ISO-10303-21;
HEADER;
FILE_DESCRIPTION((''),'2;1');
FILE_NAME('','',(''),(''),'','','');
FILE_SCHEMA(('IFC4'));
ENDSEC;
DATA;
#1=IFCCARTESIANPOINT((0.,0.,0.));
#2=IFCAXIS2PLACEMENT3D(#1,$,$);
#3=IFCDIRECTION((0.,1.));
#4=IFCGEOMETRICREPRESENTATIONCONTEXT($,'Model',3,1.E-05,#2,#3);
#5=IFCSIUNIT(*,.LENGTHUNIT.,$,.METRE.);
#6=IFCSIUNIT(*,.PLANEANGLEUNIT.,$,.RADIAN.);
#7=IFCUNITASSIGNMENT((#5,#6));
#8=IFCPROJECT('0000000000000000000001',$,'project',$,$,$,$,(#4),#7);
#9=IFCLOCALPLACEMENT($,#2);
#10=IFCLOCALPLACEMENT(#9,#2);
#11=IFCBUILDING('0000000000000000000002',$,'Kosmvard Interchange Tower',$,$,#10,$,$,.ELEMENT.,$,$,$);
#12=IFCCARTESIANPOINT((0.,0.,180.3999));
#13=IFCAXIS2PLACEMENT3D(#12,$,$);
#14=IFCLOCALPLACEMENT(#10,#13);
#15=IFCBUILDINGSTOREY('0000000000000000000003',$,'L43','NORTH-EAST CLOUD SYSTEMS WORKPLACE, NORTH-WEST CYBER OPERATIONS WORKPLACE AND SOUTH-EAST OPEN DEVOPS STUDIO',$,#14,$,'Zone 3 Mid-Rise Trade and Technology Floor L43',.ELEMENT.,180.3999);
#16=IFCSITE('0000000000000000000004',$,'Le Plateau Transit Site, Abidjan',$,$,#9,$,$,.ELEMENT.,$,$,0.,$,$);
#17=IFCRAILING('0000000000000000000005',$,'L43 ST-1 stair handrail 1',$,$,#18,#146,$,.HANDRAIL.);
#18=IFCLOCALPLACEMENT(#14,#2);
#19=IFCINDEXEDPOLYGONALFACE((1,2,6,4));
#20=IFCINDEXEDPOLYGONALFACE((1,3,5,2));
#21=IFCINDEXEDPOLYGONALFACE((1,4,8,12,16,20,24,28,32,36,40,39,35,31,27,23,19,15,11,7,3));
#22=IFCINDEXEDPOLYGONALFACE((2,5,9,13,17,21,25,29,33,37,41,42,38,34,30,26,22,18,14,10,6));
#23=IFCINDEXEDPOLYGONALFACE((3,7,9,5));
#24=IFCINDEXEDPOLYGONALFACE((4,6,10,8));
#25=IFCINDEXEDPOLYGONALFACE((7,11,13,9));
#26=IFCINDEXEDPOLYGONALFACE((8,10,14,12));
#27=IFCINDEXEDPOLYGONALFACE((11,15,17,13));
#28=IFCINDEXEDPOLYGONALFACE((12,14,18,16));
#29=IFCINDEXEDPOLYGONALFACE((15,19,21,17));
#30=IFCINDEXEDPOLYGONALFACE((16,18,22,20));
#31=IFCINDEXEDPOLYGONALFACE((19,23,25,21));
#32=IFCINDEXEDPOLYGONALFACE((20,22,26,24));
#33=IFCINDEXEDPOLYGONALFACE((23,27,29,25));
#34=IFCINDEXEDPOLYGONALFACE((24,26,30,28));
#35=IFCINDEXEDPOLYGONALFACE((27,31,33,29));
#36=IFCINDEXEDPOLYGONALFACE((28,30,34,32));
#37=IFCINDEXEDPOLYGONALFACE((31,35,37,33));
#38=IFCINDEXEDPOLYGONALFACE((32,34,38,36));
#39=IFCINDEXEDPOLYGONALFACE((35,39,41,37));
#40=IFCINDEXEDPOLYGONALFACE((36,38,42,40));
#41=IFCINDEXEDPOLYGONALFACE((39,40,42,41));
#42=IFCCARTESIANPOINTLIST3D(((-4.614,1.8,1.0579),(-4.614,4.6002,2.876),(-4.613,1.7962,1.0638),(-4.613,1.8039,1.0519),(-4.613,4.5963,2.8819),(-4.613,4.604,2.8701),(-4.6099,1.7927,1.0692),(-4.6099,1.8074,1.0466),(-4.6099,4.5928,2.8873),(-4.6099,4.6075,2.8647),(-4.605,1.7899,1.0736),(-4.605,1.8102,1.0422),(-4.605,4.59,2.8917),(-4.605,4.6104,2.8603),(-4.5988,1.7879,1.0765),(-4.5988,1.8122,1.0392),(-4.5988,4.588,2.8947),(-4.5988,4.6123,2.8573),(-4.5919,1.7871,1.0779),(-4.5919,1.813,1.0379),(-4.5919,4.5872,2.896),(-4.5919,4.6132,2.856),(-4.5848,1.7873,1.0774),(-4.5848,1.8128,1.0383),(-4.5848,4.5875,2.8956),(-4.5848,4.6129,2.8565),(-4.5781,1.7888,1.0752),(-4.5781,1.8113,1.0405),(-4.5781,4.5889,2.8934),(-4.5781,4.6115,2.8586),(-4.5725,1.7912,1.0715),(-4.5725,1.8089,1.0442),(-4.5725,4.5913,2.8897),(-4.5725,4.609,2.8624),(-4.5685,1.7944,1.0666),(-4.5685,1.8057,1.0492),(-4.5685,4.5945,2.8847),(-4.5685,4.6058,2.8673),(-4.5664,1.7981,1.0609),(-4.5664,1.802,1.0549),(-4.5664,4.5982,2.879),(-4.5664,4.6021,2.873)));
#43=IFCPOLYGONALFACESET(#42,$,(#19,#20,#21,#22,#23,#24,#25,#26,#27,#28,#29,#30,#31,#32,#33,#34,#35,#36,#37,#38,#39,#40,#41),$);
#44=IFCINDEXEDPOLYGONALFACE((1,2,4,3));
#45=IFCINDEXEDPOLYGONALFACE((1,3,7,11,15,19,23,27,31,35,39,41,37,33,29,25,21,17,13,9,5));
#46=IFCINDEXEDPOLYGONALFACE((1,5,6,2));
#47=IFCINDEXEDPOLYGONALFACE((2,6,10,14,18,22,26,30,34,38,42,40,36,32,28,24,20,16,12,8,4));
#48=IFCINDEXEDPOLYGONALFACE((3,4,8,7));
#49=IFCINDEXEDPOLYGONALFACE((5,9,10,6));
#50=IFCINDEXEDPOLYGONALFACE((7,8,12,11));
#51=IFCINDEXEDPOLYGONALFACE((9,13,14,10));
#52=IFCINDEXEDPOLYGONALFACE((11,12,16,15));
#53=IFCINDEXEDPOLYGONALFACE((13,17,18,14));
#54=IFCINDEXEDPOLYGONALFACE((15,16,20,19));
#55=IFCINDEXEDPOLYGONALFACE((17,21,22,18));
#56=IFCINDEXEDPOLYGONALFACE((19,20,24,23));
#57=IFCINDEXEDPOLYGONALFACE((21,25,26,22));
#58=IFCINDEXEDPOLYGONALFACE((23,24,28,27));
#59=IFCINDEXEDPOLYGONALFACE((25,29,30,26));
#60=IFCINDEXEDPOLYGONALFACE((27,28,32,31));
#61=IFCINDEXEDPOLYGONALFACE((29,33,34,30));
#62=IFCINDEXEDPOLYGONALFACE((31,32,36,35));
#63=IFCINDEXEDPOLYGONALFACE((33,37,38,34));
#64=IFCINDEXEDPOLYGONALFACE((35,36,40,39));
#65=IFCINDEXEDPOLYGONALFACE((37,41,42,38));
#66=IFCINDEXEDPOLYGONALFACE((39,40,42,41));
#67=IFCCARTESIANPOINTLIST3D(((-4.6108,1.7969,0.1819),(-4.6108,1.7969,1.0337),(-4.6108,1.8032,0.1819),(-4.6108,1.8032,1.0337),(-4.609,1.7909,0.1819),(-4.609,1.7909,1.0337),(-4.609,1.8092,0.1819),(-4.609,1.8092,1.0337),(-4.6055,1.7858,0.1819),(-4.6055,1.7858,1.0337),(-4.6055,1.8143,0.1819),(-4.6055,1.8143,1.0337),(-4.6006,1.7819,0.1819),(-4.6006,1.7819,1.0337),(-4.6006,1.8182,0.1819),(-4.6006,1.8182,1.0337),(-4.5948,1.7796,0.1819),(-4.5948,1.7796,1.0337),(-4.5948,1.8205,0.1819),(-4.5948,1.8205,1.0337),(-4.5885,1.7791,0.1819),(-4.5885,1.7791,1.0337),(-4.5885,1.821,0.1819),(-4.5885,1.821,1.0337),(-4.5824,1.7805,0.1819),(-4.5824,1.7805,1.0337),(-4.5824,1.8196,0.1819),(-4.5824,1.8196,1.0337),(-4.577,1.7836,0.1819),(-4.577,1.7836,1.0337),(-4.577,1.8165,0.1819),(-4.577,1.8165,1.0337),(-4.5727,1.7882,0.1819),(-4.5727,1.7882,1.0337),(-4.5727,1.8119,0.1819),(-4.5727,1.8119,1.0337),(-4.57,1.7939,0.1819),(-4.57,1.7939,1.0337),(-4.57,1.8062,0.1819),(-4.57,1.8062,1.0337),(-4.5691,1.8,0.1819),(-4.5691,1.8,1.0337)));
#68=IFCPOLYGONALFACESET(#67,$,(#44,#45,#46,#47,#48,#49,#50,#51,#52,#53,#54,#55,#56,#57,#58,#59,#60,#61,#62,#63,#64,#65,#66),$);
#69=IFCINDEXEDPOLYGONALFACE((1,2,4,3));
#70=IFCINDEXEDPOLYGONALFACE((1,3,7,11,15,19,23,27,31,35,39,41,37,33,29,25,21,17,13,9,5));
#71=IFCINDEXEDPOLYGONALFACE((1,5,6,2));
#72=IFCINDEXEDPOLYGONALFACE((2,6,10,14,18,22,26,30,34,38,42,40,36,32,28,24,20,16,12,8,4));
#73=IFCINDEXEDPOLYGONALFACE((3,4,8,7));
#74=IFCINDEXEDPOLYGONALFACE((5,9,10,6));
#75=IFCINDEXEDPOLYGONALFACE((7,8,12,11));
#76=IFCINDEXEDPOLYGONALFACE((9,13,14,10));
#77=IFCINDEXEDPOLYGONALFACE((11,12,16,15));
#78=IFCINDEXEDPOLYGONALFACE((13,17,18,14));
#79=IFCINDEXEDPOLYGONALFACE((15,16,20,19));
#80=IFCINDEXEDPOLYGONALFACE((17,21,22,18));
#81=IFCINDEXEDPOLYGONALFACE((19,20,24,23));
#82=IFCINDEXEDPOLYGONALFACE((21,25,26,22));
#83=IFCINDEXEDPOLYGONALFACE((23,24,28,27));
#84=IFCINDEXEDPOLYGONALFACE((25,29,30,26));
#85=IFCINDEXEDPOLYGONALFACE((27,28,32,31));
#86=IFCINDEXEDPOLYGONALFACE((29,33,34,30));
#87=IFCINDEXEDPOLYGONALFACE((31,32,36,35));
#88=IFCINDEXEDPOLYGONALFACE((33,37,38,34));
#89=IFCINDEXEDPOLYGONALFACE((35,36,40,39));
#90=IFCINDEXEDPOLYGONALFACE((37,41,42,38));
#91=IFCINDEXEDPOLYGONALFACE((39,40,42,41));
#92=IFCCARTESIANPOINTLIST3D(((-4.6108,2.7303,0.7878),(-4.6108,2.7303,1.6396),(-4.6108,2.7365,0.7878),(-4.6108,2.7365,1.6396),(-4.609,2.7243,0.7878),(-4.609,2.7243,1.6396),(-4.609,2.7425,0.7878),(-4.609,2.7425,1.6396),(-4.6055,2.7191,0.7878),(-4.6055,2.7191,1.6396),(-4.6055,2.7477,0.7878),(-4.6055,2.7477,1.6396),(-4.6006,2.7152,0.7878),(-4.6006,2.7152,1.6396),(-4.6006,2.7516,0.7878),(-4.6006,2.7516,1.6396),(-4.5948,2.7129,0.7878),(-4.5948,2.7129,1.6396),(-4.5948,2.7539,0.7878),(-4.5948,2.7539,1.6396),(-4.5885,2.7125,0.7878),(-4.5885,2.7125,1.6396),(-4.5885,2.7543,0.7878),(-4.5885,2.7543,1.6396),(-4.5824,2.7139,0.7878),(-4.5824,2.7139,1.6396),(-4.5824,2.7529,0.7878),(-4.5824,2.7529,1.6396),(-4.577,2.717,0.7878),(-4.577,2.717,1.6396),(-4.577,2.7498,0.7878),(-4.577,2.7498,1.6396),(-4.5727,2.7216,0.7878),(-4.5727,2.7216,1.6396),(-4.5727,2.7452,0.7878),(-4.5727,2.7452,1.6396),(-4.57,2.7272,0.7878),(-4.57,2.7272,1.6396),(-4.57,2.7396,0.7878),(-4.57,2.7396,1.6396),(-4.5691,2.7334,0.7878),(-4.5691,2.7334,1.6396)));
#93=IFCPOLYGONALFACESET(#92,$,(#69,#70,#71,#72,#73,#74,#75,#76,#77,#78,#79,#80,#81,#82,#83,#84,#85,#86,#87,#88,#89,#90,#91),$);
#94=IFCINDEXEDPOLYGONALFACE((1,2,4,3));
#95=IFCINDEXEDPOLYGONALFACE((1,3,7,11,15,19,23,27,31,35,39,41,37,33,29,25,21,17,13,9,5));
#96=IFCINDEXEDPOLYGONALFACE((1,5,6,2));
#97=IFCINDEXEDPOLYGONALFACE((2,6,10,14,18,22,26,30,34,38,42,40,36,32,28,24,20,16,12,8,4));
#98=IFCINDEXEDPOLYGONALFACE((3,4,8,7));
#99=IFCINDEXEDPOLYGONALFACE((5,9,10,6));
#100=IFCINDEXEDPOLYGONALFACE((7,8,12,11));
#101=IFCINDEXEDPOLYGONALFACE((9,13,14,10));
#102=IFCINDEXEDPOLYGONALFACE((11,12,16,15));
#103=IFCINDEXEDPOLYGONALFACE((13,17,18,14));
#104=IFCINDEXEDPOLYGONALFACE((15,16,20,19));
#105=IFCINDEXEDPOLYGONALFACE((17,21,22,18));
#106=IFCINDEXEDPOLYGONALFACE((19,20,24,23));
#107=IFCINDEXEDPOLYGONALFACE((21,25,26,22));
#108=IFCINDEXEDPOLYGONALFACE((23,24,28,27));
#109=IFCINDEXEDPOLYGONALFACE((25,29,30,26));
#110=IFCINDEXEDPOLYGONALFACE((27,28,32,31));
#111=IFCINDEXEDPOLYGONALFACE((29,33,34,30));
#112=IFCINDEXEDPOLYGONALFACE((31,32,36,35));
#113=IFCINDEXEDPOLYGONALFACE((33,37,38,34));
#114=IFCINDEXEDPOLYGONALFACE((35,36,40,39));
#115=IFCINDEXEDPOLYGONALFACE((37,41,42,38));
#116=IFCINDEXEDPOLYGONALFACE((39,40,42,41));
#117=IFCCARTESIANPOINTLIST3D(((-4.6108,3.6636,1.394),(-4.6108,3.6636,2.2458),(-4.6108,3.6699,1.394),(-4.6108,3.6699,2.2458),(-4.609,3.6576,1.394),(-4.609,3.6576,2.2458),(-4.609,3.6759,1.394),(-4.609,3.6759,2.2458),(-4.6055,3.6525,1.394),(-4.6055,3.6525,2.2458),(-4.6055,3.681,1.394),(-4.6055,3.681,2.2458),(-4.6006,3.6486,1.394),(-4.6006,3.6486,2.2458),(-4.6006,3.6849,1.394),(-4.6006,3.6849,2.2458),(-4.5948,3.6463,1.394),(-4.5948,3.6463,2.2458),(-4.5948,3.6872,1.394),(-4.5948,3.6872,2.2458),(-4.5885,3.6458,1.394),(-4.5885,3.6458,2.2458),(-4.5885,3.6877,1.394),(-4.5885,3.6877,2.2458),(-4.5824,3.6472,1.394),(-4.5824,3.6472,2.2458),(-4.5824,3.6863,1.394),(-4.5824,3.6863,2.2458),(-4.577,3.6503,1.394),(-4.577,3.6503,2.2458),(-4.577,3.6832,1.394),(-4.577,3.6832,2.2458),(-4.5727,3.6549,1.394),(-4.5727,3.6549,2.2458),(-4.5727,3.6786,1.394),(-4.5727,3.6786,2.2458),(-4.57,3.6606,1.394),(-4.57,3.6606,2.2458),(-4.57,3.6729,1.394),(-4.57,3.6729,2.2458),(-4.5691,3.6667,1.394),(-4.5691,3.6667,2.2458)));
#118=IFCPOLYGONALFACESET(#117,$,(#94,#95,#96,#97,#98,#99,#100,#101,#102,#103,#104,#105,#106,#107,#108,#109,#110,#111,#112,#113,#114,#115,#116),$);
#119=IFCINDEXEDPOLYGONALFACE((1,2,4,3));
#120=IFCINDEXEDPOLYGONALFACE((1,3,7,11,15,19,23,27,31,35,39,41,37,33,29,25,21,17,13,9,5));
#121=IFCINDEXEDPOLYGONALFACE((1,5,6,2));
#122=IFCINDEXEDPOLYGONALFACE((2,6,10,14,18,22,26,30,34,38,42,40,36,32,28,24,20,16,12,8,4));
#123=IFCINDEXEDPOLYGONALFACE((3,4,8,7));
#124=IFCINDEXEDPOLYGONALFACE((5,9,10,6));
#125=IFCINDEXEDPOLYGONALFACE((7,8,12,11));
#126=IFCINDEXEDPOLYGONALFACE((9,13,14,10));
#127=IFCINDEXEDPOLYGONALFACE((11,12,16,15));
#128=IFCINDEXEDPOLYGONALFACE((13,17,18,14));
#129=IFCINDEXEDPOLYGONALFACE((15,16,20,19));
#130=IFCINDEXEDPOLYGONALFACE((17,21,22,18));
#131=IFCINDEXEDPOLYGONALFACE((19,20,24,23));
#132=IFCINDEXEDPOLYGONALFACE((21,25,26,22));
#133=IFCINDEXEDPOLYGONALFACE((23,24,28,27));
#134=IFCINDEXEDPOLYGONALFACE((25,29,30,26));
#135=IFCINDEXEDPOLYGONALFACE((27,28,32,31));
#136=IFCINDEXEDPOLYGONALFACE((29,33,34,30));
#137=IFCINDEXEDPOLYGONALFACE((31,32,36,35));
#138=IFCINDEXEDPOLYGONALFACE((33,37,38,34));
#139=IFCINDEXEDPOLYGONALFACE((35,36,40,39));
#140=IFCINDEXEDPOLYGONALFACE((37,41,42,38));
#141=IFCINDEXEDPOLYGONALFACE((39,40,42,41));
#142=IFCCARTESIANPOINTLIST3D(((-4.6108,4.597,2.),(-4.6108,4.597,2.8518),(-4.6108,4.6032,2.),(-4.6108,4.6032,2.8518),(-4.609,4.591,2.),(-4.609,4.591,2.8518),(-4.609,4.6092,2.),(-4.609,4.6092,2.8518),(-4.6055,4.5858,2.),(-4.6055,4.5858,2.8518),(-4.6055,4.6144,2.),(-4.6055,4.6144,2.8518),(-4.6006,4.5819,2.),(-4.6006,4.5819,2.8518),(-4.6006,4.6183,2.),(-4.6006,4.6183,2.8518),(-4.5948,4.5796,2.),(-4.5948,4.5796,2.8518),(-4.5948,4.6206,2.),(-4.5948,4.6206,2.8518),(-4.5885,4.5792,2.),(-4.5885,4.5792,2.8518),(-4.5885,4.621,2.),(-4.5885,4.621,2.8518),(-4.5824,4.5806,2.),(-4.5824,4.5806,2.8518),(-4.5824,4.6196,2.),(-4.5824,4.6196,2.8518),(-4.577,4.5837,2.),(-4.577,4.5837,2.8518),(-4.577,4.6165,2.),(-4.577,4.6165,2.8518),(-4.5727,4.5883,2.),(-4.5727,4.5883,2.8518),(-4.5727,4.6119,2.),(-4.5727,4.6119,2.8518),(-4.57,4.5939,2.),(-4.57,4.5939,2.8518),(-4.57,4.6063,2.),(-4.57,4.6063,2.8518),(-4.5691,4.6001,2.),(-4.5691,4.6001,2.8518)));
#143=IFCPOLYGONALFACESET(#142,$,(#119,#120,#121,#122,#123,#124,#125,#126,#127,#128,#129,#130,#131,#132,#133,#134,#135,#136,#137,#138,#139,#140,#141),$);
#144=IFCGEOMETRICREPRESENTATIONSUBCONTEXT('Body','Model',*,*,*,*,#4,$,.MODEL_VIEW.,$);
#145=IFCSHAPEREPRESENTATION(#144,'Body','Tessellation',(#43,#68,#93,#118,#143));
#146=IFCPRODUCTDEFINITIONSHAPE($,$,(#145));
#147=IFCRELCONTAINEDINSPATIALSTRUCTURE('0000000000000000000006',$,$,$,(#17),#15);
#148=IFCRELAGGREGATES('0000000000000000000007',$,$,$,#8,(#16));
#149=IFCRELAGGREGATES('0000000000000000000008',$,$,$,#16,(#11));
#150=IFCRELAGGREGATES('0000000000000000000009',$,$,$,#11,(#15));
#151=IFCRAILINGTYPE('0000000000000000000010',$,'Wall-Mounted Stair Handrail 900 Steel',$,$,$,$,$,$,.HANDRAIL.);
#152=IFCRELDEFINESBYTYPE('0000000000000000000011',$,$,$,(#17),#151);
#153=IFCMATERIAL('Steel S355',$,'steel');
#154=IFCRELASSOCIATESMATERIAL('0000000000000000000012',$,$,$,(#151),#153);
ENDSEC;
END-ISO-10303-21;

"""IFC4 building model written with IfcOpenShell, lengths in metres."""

from ifc_helpers import new_model, si_unit, direction, frame, origin, origin_2d, place, context, subcontext, project, spatial, circle, extrude, source, transform, mapped, material, type_object, element, save


model = new_model("IFC4")

# Units and contexts
model_context = context("Model", 3, precision=1e-05, world=origin(), true_north=direction((0.0, 1.0)))
body_context = subcontext(model_context, "Body", "Model", "MODEL_VIEW")
ifc_project = project(units=[si_unit("LENGTHUNIT", "METRE"), si_unit("PLANEANGLEUNIT", "RADIAN")], contexts=[model_context])

# Site, building, storey
site_placement = place(None, origin())
site = spatial("IfcSite", under=ifc_project, at=site_placement, Name="Le Plateau Transit Site, Abidjan", CompositionType="ELEMENT", RefElevation=0.0)
building_placement = place(site_placement, origin())
building = spatial("IfcBuilding", under=site, at=building_placement, Name="Kosmvard Interchange Tower", CompositionType="ELEMENT")
storey_placement = place(building_placement, frame((0.0, 0.0, 180.3999)))
storey = spatial("IfcBuildingStorey", under=building, at=storey_placement, Name="L43", Description="NORTH-EAST CLOUD SYSTEMS WORKPLACE, NORTH-WEST CYBER OPERATIONS WORKPLACE AND SOUTH-EAST OPEN DEVOPS STUDIO", LongName="Zone 3 Mid-Rise Trade and Technology Floor L43", CompositionType="ELEMENT", Elevation=180.3999)

# Shared definitions
ifc_material_1 = material(Name="Steel S355", Category="steel")

# Railing
railing_type_1 = type_object("IfcRailingType", Name="Wall-Mounted Stair Handrail 900 Steel", PredefinedType="HANDRAIL", material=ifc_material_1)
shared_shape_1 = source(origin(), body_context, "Body", "SweptSolid", [
    extrude(circle(Radius=0.0239, at=origin_2d()), frame((0.0, 0.0, 0.876), z_axis=(0.0, 0.838706, 0.544585), x_axis=(-1.0, 0.0, 0.0)), (0.0, 0.0, 1.0), 3.3386),
    extrude(circle(Radius=0.021, at=origin_2d()), origin(), (0.0, 0.0, 1.0), 0.8518),
    extrude(circle(Radius=0.021, at=origin_2d()), frame((0.0, 0.9333, 0.606)), (0.0, 0.0, 1.0), 0.8518),
    extrude(circle(Radius=0.021, at=origin_2d()), frame((0.0, 1.8667, 1.2122)), (0.0, 0.0, 1.0), 0.8518),
    extrude(circle(Radius=0.021, at=origin_2d()), frame((0.0, 2.8, 1.8181)), (0.0, 0.0, 1.0), 0.8518),
])
railing_1_placement = place(storey_placement, frame((-4.5901, 1.8, 0.1819)))
element("IfcRailing", 1, at=railing_1_placement, inside=storey, type_object=railing_type_1, Name="L43 ST-1 stair handrail 1", PredefinedType="HANDRAIL", context=body_context, shape_type="MappedRepresentation", body=[
    mapped(shared_shape_1, transform((0.0, 0.0, 0.0), scale=1.0)),
])

save(model, "model.ifc")
